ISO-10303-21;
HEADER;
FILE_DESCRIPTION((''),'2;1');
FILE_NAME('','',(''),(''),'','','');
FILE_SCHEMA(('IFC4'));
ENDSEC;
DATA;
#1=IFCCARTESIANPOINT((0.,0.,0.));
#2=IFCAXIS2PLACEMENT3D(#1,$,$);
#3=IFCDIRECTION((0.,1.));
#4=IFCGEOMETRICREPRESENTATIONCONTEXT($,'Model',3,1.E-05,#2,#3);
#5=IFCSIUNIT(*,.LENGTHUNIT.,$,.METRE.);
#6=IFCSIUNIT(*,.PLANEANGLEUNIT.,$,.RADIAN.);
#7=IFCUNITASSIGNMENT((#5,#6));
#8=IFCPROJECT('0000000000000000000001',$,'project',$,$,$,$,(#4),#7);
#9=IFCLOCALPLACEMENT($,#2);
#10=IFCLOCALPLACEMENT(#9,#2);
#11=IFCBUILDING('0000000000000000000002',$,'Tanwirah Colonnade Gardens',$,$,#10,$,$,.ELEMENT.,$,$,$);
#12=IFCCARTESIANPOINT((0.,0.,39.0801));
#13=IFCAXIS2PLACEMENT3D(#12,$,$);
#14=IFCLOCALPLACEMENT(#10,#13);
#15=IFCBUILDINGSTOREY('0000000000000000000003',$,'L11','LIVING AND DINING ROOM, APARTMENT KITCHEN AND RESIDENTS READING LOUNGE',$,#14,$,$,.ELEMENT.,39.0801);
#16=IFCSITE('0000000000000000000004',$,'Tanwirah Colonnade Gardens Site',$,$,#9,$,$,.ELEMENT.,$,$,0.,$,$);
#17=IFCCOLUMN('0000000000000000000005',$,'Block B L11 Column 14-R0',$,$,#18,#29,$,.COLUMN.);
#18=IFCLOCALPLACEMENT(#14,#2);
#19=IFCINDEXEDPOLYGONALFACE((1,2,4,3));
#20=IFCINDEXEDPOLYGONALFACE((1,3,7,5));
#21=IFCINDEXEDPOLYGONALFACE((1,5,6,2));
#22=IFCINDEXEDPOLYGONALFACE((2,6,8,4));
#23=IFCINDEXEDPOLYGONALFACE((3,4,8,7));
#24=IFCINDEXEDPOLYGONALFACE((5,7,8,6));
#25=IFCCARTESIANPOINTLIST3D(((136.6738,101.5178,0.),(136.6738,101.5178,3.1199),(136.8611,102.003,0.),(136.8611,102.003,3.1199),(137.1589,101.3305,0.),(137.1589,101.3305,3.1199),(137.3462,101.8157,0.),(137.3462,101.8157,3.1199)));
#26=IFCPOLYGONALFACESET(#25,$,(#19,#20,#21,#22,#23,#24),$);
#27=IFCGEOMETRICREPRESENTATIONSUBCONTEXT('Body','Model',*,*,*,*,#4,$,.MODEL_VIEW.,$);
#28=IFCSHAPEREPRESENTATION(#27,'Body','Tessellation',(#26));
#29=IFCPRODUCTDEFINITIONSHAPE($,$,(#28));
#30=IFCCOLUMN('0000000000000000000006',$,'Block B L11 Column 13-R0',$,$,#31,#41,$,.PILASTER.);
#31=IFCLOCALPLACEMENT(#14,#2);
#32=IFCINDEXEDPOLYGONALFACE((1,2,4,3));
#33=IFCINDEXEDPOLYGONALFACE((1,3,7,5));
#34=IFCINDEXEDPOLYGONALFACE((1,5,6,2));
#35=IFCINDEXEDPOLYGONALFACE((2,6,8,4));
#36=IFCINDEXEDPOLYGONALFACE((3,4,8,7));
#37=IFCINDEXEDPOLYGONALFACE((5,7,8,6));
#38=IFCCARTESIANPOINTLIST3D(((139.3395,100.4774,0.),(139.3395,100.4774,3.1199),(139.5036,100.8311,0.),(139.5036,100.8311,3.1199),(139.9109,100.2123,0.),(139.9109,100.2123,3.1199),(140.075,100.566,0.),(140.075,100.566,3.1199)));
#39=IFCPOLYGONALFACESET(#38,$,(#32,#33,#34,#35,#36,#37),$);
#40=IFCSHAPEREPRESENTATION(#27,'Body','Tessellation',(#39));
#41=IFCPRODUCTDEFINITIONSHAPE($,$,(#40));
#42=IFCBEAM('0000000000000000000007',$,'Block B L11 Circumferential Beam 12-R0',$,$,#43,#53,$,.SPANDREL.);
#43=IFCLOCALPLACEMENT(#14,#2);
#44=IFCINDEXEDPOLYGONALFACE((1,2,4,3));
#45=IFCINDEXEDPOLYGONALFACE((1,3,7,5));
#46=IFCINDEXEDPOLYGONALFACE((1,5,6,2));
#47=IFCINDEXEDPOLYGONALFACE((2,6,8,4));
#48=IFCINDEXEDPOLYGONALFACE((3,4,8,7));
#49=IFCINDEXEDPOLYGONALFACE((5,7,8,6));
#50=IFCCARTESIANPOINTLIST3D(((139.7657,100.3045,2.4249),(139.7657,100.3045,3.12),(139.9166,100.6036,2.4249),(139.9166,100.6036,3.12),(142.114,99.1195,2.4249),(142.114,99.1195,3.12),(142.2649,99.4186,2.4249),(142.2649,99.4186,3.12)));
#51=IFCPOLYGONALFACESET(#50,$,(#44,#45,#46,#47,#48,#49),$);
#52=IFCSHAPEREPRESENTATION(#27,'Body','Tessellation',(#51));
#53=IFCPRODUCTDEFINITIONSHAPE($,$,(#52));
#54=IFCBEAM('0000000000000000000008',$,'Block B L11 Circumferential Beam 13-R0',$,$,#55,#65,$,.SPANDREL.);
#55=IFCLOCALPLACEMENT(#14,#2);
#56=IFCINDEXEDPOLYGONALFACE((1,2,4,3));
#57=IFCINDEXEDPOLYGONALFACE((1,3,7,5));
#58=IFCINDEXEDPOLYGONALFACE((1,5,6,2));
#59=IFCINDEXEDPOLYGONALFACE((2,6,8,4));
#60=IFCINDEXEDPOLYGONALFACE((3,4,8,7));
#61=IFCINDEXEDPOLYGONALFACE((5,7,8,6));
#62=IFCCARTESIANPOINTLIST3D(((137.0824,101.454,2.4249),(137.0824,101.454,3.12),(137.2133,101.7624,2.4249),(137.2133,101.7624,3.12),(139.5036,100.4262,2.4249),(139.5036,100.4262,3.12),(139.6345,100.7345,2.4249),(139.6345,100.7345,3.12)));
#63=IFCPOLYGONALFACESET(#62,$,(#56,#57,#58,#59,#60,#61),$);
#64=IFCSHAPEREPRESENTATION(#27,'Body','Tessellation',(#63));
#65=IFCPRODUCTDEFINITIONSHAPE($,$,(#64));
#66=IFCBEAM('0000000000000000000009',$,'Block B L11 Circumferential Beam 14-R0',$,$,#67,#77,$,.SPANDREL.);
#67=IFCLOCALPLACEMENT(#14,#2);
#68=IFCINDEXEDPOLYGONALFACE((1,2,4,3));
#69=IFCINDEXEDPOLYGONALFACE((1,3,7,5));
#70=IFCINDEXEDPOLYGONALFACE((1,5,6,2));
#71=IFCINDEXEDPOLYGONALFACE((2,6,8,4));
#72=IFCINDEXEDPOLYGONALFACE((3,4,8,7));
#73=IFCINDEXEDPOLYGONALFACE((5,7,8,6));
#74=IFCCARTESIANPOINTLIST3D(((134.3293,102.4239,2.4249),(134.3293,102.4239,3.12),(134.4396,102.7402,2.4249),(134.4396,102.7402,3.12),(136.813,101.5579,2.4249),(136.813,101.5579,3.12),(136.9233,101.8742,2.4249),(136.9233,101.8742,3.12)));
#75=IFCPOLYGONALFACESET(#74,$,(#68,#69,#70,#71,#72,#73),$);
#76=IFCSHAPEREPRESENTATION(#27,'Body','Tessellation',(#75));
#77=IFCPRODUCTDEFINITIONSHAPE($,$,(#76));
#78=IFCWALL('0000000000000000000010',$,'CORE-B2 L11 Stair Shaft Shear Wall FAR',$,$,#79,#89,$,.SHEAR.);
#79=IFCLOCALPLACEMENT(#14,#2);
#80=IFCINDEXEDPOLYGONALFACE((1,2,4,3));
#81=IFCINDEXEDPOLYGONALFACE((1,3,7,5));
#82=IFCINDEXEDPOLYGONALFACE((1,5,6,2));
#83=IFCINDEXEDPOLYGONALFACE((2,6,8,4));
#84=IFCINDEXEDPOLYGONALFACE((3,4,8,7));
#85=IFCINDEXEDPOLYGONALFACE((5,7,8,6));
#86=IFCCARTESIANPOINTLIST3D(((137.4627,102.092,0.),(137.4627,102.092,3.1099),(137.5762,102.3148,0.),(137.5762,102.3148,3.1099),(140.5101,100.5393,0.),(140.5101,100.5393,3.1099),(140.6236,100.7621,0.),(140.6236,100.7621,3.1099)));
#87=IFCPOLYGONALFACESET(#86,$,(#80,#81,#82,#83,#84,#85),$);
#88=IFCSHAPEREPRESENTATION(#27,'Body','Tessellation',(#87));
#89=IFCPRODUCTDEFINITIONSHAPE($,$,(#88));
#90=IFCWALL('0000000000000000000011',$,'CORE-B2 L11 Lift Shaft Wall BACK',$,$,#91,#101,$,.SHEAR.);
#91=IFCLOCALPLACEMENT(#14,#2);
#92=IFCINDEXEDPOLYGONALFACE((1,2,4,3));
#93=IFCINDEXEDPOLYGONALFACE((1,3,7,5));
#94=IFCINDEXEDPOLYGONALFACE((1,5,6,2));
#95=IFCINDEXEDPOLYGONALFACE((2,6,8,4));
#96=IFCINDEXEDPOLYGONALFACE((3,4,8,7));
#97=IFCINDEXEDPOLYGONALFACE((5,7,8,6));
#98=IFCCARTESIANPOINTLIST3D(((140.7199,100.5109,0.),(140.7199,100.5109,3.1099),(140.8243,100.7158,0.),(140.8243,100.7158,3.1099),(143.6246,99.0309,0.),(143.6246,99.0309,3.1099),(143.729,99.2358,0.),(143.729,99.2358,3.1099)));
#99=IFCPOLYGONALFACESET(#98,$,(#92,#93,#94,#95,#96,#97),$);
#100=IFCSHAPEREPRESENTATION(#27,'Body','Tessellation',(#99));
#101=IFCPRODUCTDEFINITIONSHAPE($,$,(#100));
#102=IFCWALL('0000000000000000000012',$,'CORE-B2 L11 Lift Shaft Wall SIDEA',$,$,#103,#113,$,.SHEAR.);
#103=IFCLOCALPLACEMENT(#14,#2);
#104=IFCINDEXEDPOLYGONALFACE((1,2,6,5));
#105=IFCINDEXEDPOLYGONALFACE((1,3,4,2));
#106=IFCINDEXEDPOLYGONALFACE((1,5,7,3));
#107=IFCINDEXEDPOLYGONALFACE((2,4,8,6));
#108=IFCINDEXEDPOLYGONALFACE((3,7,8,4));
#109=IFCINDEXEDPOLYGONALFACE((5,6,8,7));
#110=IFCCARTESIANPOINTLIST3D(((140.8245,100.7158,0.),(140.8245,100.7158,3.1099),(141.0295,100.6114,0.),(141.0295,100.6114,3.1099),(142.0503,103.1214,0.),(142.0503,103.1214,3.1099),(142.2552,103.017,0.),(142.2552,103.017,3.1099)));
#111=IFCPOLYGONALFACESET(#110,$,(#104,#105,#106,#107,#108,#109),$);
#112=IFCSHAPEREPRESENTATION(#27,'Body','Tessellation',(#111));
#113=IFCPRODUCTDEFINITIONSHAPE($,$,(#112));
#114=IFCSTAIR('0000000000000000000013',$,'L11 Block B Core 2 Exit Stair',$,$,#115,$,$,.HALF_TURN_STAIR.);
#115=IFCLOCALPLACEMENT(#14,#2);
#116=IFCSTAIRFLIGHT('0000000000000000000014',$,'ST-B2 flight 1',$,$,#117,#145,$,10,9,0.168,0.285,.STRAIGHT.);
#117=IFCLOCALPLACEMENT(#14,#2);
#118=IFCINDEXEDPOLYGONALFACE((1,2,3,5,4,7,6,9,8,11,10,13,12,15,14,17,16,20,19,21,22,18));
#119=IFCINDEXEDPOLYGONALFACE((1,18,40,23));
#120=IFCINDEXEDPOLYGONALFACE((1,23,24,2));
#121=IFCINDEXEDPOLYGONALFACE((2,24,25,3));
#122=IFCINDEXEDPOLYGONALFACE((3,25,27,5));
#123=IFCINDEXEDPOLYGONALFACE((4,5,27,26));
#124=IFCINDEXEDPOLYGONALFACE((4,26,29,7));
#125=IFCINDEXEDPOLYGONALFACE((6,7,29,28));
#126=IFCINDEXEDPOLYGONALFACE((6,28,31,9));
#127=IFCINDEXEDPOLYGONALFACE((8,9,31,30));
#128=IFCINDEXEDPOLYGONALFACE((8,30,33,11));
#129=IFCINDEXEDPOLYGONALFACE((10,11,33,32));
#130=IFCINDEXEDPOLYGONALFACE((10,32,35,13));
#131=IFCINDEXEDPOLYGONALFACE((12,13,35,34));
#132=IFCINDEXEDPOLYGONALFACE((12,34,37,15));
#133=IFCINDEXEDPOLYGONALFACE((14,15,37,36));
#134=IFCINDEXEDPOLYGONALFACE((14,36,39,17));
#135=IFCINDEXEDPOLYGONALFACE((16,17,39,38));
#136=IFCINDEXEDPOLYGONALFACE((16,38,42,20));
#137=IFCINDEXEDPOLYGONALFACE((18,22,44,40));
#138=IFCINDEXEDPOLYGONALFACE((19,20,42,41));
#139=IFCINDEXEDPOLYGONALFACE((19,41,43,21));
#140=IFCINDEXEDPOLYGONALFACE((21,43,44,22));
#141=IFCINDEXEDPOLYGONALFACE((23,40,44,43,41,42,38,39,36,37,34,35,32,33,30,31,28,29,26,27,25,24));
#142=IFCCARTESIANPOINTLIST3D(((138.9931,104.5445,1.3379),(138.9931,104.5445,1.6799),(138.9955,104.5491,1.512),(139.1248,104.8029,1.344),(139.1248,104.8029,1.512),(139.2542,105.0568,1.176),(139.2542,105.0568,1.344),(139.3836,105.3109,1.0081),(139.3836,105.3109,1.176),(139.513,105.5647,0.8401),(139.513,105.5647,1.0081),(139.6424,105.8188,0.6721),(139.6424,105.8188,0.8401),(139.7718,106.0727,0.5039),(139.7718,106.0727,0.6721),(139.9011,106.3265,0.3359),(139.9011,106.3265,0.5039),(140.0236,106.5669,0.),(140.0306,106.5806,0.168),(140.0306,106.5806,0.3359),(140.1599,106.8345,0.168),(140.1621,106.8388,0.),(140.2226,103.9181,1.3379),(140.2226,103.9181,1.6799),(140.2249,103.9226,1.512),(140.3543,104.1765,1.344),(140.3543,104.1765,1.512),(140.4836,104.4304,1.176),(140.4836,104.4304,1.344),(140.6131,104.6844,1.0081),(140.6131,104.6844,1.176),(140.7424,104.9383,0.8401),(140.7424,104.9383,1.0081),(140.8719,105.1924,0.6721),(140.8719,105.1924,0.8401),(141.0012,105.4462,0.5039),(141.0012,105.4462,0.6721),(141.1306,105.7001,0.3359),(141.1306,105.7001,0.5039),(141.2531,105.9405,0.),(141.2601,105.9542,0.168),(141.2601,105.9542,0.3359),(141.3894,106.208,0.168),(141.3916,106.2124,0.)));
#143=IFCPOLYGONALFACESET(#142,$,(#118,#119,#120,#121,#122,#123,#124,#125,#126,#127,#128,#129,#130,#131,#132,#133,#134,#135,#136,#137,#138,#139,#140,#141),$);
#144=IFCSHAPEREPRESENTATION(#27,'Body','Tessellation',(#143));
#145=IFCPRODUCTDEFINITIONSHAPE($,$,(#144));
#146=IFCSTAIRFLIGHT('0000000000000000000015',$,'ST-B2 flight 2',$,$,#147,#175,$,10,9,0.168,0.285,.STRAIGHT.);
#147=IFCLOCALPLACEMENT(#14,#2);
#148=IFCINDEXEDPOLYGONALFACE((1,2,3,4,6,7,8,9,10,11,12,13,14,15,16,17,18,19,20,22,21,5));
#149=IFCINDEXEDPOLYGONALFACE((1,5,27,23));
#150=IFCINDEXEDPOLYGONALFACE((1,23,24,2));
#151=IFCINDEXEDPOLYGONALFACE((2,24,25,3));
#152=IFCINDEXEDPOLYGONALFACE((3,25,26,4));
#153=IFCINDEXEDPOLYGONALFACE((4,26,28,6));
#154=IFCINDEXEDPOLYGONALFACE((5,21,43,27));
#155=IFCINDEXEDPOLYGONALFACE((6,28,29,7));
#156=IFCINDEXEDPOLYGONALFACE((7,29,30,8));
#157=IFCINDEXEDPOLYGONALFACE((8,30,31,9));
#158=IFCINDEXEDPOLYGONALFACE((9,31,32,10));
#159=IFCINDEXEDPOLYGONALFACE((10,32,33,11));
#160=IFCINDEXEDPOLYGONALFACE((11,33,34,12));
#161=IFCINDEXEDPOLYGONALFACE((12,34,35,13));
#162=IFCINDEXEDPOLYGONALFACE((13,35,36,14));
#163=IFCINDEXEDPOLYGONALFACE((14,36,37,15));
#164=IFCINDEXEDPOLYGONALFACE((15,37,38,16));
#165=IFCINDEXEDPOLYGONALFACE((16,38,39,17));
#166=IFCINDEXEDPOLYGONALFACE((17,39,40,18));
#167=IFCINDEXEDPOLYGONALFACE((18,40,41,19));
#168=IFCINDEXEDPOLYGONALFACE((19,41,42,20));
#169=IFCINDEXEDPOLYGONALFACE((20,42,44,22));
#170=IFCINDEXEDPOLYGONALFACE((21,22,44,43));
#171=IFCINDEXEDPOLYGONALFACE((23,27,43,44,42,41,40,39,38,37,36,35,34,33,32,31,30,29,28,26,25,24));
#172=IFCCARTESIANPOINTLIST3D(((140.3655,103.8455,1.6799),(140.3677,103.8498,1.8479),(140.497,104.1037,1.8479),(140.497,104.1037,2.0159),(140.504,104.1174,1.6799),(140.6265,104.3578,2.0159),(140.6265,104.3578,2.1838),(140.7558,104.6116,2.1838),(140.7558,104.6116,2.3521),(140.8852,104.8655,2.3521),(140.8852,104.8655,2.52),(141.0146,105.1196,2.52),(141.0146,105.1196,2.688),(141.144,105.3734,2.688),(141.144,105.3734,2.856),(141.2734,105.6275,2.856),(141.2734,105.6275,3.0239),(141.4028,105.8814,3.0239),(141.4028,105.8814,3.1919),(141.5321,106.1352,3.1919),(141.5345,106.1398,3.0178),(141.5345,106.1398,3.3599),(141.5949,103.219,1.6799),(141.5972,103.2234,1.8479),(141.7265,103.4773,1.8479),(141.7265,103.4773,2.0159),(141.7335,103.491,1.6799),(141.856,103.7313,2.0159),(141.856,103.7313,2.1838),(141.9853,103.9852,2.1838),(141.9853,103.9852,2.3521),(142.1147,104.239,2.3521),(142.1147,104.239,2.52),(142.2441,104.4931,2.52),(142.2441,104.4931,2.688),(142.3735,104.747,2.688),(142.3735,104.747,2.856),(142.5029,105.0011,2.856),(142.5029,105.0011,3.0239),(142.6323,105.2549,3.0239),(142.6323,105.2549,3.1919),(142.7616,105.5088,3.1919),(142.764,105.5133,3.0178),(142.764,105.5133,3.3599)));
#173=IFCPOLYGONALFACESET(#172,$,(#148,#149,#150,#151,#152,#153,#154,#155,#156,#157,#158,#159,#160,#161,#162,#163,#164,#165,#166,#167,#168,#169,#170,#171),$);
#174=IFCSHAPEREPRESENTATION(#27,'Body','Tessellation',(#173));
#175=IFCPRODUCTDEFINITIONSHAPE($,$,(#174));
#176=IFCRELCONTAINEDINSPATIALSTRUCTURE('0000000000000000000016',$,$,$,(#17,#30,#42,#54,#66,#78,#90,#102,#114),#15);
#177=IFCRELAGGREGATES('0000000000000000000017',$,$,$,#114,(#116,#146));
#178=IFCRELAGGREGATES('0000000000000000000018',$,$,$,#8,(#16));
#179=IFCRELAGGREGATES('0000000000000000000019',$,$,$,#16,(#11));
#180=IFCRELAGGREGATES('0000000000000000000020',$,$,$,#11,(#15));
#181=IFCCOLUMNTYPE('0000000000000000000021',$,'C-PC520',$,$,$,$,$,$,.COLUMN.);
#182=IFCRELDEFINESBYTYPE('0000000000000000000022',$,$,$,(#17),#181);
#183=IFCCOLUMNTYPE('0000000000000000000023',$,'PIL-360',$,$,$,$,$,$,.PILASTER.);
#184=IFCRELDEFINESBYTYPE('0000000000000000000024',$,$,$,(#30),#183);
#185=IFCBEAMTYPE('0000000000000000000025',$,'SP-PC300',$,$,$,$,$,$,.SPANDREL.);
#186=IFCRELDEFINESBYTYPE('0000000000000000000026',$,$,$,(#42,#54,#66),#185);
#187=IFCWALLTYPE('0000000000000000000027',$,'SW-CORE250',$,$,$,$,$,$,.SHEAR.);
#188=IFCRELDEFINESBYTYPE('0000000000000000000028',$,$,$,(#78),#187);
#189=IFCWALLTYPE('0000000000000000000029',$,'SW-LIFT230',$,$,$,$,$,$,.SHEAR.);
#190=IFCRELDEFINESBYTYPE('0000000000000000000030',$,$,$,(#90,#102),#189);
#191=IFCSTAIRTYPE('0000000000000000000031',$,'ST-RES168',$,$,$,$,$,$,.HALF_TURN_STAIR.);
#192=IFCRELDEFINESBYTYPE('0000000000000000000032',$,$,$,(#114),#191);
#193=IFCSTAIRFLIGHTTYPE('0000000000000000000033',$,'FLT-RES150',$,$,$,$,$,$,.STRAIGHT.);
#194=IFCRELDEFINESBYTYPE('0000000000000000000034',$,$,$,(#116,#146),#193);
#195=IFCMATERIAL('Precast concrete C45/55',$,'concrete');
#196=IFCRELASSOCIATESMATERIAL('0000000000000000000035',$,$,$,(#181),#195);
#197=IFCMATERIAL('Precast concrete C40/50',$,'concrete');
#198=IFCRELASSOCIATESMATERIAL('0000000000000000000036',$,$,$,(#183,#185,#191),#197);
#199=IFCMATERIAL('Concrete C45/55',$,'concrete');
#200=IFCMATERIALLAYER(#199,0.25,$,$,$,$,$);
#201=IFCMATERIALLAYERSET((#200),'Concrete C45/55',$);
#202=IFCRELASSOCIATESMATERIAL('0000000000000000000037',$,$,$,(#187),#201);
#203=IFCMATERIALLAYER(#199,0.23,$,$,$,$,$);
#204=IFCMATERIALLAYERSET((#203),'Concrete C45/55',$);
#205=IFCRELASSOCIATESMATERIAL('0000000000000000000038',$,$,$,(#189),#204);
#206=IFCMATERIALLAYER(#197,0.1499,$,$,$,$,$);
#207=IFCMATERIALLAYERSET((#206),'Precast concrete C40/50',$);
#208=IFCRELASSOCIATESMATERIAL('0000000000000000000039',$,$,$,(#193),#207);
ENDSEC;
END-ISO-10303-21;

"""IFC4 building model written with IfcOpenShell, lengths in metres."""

from ifc_helpers import new_model, si_unit, direction, frame, frame_2d, origin, origin_2d, place, context, subcontext, project, spatial, polyline, rectangle, outline, extrude, material, layer, layer_set, material_profile, profile_set, type_object, element, aggregate, save


model = new_model("IFC4")

# Units and contexts
model_context = context("Model", 3, precision=1e-05, world=origin(), true_north=direction((0.0, 1.0)))
body_context = subcontext(model_context, "Body", "Model", "MODEL_VIEW")
ifc_project = project(units=[si_unit("LENGTHUNIT", "METRE"), si_unit("PLANEANGLEUNIT", "RADIAN")], contexts=[model_context])

# Site, building, storey
site_placement = place(None, origin())
site = spatial("IfcSite", under=ifc_project, at=site_placement, Name="Tanwirah Colonnade Gardens Site", CompositionType="ELEMENT", RefElevation=0.0)
building_placement = place(site_placement, origin())
building = spatial("IfcBuilding", under=site, at=building_placement, Name="Tanwirah Colonnade Gardens", CompositionType="ELEMENT")
storey_placement = place(building_placement, frame((0.0, 0.0, 39.0801)))
storey = spatial("IfcBuildingStorey", under=building, at=storey_placement, Name="L11", Description="LIVING AND DINING ROOM, APARTMENT KITCHEN AND RESIDENTS READING LOUNGE", CompositionType="ELEMENT", Elevation=39.0801)

# Columns
ifc_material_1 = material(Name="Precast concrete C45/55", Category="concrete")
ifc_material_profile_1 = material_profile(ifc_material_1, rectangle(XDim=0.52, YDim=0.52, at=origin_2d()), Name="PC-COL 520x520")
ifc_profile_set_1 = profile_set([ifc_material_profile_1], Name="Precast concrete C45/55")
column_type_1 = type_object("IfcColumnType", Name="C-PC520", PredefinedType="COLUMN", material=ifc_profile_set_1)
column_1_placement = place(storey_placement, frame((137.01, 101.6667, 0.0), z_axis=(0.0, 0.0, 1.0), x_axis=(0.360178, 0.932884, 0.0)))
element("IfcColumn", 1, at=column_1_placement, inside=storey, type_object=column_type_1, Name="Block B L11 Column 14-R0", PredefinedType="COLUMN", context=body_context, shape_type="SweptSolid", body=[
    extrude(rectangle(XDim=0.52, YDim=0.52, at=origin_2d()), origin(), (0.0, 0.0, 1.0), 3.1199),
])
ifc_material_2 = material(Name="Precast concrete C40/50", Category="concrete")
ifc_material_profile_2 = material_profile(ifc_material_2, rectangle(XDim=0.3899, YDim=0.6299, at=origin_2d()), Name="PC-PIL 390x630")
ifc_profile_set_2 = profile_set([ifc_material_profile_2], Name="Precast concrete C40/50")
column_type_2 = type_object("IfcColumnType", Name="PIL-360", PredefinedType="PILASTER", material=ifc_profile_set_2)
column_2_placement = place(storey_placement, frame((139.7073, 100.5217, 0.0), z_axis=(0.0, 0.0, 1.0), x_axis=(0.42086, 0.907126, 0.0)))
element("IfcColumn", 2, at=column_2_placement, inside=storey, type_object=column_type_2, Name="Block B L11 Column 13-R0", PredefinedType="PILASTER", context=body_context, shape_type="SweptSolid", body=[
    extrude(rectangle(XDim=0.3899, YDim=0.6299, at=origin_2d()), origin(), (0.0, 0.0, 1.0), 3.1199),
])

# Beams
ifc_material_profile_3 = material_profile(ifc_material_2, rectangle(XDim=0.335, YDim=0.6951, at=origin_2d()), Name="PC-SP 335x695")
ifc_profile_set_3 = profile_set([ifc_material_profile_3], Name="Precast concrete C40/50")
beam_type = type_object("IfcBeamType", Name="SP-PC300", PredefinedType="SPANDREL", material=ifc_profile_set_3)
for number, where, z_axis, x_axis, name in (
    (3, (142.1895, 99.269, 2.7725), (-0.892769, 0.450515, 0.0), (-0.450515, -0.892769, 0.0), "Block B L11 Circumferential Beam 12-R0"),
    (4, (139.5691, 100.5803, 2.7725), (-0.920489, 0.390769, 0.0), (-0.390769, -0.920489, 0.0), "Block B L11 Circumferential Beam 13-R0"),
    (5, (136.8682, 101.7161, 2.7725), (-0.94425, 0.32923, 0.0), (-0.32923, -0.94425, 0.0), "Block B L11 Circumferential Beam 14-R0"),
):
    element("IfcBeam", number, at=place(storey_placement, frame(where, z_axis=z_axis, x_axis=x_axis)), inside=storey, type_object=beam_type, Name=name, PredefinedType="SPANDREL", context=body_context, shape_type="SweptSolid", body=[
        extrude(rectangle(XDim=0.335, YDim=0.6951, at=origin_2d()), origin(), (0.0, 0.0, 1.0), 2.6304),
    ])

# Wall
ifc_material_3 = material(Name="Concrete C45/55", Category="concrete")
ifc_layer_1 = layer(ifc_material_3, 0.25)
ifc_layer_set_1 = layer_set([ifc_layer_1], Name="Concrete C45/55")
wall_type_1 = type_object("IfcWallType", Name="SW-CORE250", PredefinedType="SHEAR", material=ifc_layer_set_1)
wall_1_placement = place(storey_placement, frame((137.5195, 102.2034, 0.0), z_axis=(0.0, 0.0, 1.0), x_axis=(0.891004, -0.453996, 0.0)))
element("IfcWall", 6, at=wall_1_placement, inside=storey, type_object=wall_type_1, Name="CORE-B2 L11 Stair Shaft Shear Wall FAR", PredefinedType="SHEAR", context=body_context, shape_type="SweptSolid", body=[
    extrude(rectangle(XDim=3.4202, YDim=0.25, at=frame_2d((1.71, 0.0))), origin(), (0.0, 0.0, 1.0), 3.1099),
])

# Shared definitions
ifc_layer_2 = layer(ifc_material_3, 0.23)
ifc_layer_set_2 = layer_set([ifc_layer_2], Name="Concrete C45/55")
wall_type_2 = type_object("IfcWallType", Name="SW-LIFT230", PredefinedType="SHEAR", material=ifc_layer_set_2)

# Walls
wall_2_placement = place(storey_placement, frame((140.7722, 100.6133, 0.0), z_axis=(0.0, 0.0, 1.0), x_axis=(0.891017, -0.453971, 0.0)))
element("IfcWall", 7, at=wall_2_placement, inside=storey, type_object=wall_type_2, Name="CORE-B2 L11 Lift Shaft Wall BACK", PredefinedType="SHEAR", context=body_context, shape_type="SweptSolid", body=[
    extrude(rectangle(XDim=3.26, YDim=0.23, at=frame_2d((1.6299, 0.0))), origin(), (0.0, 0.0, 1.0), 3.1099),
])
wall_3_placement = place(storey_placement, frame((142.1528, 103.0693, 0.0), z_axis=(0.0, 0.0, 1.0), x_axis=(-0.454, -0.891002, 0.0)))
element("IfcWall", 8, at=wall_3_placement, inside=storey, type_object=wall_type_2, Name="CORE-B2 L11 Lift Shaft Wall SIDEA", PredefinedType="SHEAR", context=body_context, shape_type="SweptSolid", body=[
    extrude(rectangle(XDim=2.7, YDim=0.23, at=frame_2d((1.3501, 0.0))), origin(), (0.0, 0.0, 1.0), 3.1099),
])

# Stair, stair flights
stair_type = type_object("IfcStairType", Name="ST-RES168", PredefinedType="HALF_TURN_STAIR", material=ifc_material_2)
stair_placement = place(storey_placement, origin())
stair = element("IfcStair", 9, at=stair_placement, inside=storey, type_object=stair_type, Name="L11 Block B Core 2 Exit Stair", PredefinedType="HALF_TURN_STAIR")
ifc_layer_3 = layer(ifc_material_2, 0.1499)
ifc_layer_set_3 = layer_set([ifc_layer_3], Name="Precast concrete C40/50")
stair_flight_type = type_object("IfcStairFlightType", Name="FLT-RES150", PredefinedType="STRAIGHT", material=ifc_layer_set_3)
stair_flight_1_placement = place(storey_placement, frame((140.7747, 106.5212, 0.0), z_axis=(0.0, 0.0, 1.0), x_axis=(-0.45399, -0.891007, 0.0)))
stair_flight_1 = element("IfcStairFlight", 10, at=stair_flight_1_placement, type_object=stair_flight_type, Name="ST-B2 flight 1", NumberOfRisers=10, NumberOfTreads=9, PredefinedType="STRAIGHT", RiserHeight=0.168, TreadLength=0.285, context=body_context, shape_type="SweptSolid", body=[
    extrude(outline(polyline([(-0.0049, 0.0), (0.0, 0.168), (0.2849, 0.168), (0.2849, 0.3359), (0.5701, 0.3359), (0.5701, 0.5039), (0.855, 0.5039), (0.855, 0.6721), (1.1399, 0.6721), (1.1399, 0.8401), (1.425, 0.8401), (1.425, 1.0081), (1.71, 1.0081), (1.71, 1.176), (1.9951, 1.176), (1.9951, 1.344), (2.28, 1.344), (2.28, 1.512), (2.5649, 1.512), (2.5701, 1.6799), (2.5701, 1.3379), (0.3003, 0.0), (-0.0049, 0.0)])), frame((0.0, 0.6899, 0.0), z_axis=(0.0, -1.0, 0.0), x_axis=(1.0, 0.0, 0.0)), (0.0, 0.0, 1.0), 1.3799),
])
stair_flight_2_placement = place(storey_placement, frame((140.9824, 103.5366, 1.6799), z_axis=(0.0, 0.0, 1.0), x_axis=(0.45399, 0.891007, 0.0)))
stair_flight_2 = element("IfcStairFlight", 11, at=stair_flight_2_placement, type_object=stair_flight_type, Name="ST-B2 flight 2", NumberOfRisers=10, NumberOfTreads=9, PredefinedType="STRAIGHT", RiserHeight=0.168, TreadLength=0.285, context=body_context, shape_type="SweptSolid", body=[
    extrude(outline(polyline([(-0.0049, 0.0), (0.0, 0.168), (0.2849, 0.168), (0.2849, 0.3359), (0.5701, 0.3359), (0.5701, 0.5039), (0.855, 0.5039), (0.855, 0.6721), (1.1399, 0.6721), (1.1399, 0.8401), (1.425, 0.8401), (1.425, 1.0081), (1.71, 1.0081), (1.71, 1.176), (1.9951, 1.176), (1.9951, 1.344), (2.28, 1.344), (2.28, 1.512), (2.5649, 1.512), (2.5701, 1.6799), (2.5701, 1.3379), (0.3003, 0.0), (-0.0049, 0.0)])), frame((0.0, 0.6899, 0.0), z_axis=(0.0, -1.0, 0.0), x_axis=(1.0, 0.0, 0.0)), (0.0, 0.0, 1.0), 1.3799),
])
aggregate(stair, [stair_flight_1, stair_flight_2])

save(model, "model.ifc")
